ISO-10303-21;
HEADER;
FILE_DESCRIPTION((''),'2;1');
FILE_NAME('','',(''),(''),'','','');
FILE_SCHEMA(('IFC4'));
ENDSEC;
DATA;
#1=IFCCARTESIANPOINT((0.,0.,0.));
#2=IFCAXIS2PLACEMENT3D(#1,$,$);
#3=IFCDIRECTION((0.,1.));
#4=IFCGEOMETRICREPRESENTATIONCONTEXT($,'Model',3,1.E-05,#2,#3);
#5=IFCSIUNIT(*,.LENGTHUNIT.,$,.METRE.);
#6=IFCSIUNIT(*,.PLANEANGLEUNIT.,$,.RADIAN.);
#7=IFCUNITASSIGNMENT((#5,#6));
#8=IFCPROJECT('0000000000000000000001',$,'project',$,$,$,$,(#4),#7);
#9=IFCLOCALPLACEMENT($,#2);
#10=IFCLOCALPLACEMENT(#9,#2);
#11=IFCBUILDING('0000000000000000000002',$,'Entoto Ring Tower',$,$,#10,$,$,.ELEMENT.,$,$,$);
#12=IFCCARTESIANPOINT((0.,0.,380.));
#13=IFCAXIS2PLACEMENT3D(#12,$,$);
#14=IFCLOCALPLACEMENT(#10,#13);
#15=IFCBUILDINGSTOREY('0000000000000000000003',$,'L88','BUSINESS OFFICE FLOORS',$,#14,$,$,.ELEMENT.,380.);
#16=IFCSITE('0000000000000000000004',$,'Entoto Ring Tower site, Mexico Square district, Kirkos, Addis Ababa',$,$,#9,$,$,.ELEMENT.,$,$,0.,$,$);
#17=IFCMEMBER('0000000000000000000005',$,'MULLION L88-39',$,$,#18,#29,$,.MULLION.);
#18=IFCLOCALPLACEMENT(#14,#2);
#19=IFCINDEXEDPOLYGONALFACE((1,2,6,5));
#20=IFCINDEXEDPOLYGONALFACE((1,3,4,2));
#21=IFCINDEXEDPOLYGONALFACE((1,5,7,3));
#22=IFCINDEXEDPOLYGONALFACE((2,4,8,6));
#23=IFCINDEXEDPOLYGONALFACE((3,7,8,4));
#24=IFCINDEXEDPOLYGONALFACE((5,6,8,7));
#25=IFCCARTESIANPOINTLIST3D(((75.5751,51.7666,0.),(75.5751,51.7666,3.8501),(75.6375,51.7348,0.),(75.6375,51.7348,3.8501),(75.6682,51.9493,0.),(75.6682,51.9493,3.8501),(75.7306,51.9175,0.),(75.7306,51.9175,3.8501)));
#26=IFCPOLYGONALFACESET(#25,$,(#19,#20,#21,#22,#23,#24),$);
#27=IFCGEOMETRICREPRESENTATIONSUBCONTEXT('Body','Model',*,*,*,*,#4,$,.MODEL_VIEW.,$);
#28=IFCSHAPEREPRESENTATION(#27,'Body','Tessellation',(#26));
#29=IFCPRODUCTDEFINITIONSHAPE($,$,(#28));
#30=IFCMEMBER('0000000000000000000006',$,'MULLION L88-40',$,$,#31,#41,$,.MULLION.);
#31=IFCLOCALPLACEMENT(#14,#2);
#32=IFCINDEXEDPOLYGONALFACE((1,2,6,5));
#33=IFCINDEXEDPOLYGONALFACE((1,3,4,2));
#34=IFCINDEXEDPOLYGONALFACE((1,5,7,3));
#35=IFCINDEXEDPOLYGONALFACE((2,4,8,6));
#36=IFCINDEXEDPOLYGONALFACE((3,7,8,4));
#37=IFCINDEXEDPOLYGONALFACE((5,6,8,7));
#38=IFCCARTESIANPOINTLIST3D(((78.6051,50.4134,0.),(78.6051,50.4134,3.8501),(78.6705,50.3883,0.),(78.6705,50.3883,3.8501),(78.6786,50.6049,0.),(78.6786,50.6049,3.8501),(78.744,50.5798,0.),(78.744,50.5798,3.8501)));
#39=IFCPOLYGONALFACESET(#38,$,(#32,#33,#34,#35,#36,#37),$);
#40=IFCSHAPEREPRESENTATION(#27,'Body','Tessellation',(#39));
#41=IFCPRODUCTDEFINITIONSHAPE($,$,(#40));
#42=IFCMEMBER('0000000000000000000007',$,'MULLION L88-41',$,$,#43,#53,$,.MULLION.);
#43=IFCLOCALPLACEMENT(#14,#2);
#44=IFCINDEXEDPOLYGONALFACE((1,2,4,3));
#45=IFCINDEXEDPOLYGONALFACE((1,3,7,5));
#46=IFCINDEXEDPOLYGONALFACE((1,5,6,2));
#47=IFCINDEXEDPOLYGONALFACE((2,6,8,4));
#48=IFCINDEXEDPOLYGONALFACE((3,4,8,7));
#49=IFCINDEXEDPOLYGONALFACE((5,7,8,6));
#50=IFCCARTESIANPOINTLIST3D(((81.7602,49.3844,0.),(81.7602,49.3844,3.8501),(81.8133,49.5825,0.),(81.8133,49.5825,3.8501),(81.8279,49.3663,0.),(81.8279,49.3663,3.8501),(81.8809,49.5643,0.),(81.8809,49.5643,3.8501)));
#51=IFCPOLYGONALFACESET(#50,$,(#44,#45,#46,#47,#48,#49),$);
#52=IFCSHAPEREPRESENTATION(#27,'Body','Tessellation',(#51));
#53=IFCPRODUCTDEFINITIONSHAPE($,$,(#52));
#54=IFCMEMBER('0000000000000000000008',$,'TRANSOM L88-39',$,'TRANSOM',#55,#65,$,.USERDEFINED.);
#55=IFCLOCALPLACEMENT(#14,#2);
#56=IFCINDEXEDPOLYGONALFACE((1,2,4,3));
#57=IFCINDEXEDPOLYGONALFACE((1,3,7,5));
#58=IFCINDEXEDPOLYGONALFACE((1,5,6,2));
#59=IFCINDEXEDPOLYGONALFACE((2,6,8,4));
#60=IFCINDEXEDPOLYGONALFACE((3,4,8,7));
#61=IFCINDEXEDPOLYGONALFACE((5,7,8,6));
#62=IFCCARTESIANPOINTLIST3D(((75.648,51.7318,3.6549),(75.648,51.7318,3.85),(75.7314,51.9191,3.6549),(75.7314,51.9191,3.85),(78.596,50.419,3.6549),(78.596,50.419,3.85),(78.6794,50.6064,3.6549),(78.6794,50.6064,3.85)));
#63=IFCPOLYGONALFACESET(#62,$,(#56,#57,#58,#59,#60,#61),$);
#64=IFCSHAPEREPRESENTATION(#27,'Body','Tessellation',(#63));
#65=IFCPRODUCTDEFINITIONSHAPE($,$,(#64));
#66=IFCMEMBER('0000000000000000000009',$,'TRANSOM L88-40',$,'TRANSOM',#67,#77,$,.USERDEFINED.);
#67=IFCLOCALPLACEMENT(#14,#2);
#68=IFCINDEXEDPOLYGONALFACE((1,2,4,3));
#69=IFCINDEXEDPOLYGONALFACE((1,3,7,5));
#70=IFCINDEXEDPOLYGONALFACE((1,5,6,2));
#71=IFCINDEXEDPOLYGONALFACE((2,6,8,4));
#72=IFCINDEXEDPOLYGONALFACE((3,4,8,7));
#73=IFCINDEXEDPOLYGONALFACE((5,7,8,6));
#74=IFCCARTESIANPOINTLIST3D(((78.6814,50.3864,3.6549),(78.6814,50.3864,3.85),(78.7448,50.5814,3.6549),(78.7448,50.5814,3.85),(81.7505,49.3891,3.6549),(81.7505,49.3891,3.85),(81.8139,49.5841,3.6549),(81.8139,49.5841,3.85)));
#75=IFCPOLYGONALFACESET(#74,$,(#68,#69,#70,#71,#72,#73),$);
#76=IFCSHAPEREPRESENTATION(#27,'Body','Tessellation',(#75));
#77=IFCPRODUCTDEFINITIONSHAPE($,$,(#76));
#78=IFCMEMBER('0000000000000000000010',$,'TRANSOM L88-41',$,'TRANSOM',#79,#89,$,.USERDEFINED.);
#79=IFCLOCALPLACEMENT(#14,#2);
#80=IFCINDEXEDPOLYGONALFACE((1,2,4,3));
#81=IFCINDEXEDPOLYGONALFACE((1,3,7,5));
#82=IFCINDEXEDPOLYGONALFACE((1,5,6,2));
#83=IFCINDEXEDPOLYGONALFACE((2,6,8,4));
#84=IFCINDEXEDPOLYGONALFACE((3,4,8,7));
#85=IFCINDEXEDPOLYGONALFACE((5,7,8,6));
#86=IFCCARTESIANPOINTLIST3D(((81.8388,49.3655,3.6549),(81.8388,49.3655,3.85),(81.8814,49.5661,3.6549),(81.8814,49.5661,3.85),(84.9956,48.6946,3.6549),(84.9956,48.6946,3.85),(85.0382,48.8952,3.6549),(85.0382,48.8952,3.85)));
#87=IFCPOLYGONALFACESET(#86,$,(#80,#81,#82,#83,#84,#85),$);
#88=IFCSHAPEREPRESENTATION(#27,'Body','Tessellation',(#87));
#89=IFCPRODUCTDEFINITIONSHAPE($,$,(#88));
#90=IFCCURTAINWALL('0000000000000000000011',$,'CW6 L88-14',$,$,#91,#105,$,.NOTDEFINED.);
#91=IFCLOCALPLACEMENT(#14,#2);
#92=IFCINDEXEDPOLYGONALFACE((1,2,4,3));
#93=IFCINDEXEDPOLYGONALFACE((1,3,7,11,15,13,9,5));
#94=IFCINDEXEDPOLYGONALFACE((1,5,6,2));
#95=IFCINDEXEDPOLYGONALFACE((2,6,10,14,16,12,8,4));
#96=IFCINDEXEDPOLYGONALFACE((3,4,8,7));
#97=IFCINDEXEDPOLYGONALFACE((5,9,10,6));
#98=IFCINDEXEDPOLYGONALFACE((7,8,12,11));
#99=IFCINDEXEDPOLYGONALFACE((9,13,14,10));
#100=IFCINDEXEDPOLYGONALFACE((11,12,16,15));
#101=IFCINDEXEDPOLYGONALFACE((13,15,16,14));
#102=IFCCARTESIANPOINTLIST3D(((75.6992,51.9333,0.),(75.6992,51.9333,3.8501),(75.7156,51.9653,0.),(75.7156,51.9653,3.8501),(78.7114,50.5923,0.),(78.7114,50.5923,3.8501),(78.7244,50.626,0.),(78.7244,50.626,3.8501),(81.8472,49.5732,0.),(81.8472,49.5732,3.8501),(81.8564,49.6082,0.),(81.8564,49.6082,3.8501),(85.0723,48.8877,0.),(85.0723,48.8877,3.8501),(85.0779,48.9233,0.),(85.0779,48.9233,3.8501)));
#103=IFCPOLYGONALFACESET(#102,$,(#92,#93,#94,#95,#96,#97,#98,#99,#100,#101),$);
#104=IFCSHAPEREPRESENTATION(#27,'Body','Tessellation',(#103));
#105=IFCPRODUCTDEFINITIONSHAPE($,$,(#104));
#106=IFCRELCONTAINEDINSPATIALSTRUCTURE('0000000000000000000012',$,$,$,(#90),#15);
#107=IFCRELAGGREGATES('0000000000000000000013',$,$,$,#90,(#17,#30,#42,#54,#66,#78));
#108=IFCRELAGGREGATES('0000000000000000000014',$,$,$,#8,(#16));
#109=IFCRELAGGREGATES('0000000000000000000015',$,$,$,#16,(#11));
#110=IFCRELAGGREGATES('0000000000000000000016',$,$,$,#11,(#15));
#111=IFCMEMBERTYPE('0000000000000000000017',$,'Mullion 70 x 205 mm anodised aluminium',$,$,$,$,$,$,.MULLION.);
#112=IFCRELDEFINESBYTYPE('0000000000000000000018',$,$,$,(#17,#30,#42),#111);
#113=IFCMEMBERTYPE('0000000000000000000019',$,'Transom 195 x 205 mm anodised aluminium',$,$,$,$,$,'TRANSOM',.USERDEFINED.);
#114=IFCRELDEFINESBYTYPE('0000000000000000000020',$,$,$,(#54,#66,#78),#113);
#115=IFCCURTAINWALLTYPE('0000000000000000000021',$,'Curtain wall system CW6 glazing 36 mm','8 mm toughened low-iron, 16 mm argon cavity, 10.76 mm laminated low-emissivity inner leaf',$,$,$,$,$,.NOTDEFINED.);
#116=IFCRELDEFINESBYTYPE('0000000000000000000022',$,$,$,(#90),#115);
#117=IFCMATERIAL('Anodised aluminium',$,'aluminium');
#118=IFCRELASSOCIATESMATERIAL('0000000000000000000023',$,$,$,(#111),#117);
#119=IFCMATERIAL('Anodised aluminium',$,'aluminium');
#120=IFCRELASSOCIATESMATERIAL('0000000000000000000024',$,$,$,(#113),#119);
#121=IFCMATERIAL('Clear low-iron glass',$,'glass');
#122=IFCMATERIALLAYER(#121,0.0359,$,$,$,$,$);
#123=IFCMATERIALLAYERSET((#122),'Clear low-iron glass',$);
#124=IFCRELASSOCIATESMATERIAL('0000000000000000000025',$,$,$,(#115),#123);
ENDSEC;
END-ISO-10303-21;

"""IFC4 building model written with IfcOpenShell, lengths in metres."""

from ifc_helpers import new_model, si_unit, direction, frame, origin, origin_2d, place, context, subcontext, project, spatial, polyline, rectangle, outline, extrude, material, layer, layer_set, material_profile, profile_set, type_object, element, aggregate, save


model = new_model("IFC4")

# Units and contexts
model_context = context("Model", 3, precision=1e-05, world=origin(), true_north=direction((0.0, 1.0)))
body_context = subcontext(model_context, "Body", "Model", "MODEL_VIEW")
ifc_project = project(units=[si_unit("LENGTHUNIT", "METRE"), si_unit("PLANEANGLEUNIT", "RADIAN")], contexts=[model_context])

# Members
ifc_material_1 = material(Name="Anodised aluminium", Category="aluminium")
ifc_material_profile_1 = material_profile(ifc_material_1, rectangle(XDim=0.0701, YDim=0.2051, at=origin_2d()), Name="Mullion 70 x 205 mm anodised aluminium")
ifc_profile_set_1 = profile_set([ifc_material_profile_1], Name="Anodised aluminium")
member_type_1 = type_object("IfcMemberType", Name="Mullion 70 x 205 mm anodised aluminium", PredefinedType="MULLION", material=ifc_profile_set_1)
site_placement = place(None, origin())
building_placement = place(site_placement, origin())
storey_placement = place(building_placement, frame((0.0, 0.0, 380.0)))
member_1_placement = place(storey_placement, frame((75.6528, 51.842, 0.0), z_axis=(0.0, 0.0, 1.0), x_axis=(0.891007, -0.45399, 0.0)))
member_1 = element("IfcMember", 1, at=member_1_placement, type_object=member_type_1, Name="MULLION L88-39", PredefinedType="MULLION", context=body_context, shape_type="SweptSolid", body=[
    extrude(rectangle(XDim=0.0701, YDim=0.2051, at=origin_2d()), origin(), (0.0, 0.0, 1.0), 3.8501),
])
member_2_placement = place(storey_placement, frame((78.6746, 50.4966, 0.0), z_axis=(0.0, 0.0, 1.0), x_axis=(0.93358, -0.358368, 0.0)))
member_2 = element("IfcMember", 2, at=member_2_placement, type_object=member_type_1, Name="MULLION L88-40", PredefinedType="MULLION", context=body_context, shape_type="SweptSolid", body=[
    extrude(rectangle(XDim=0.0701, YDim=0.2051, at=origin_2d()), origin(), (0.0, 0.0, 1.0), 3.8501),
])
member_3_placement = place(storey_placement, frame((81.8206, 49.4744, 0.0), z_axis=(0.0, 0.0, 1.0), x_axis=(0.965926, -0.258819, 0.0)))
member_3 = element("IfcMember", 3, at=member_3_placement, type_object=member_type_1, Name="MULLION L88-41", PredefinedType="MULLION", context=body_context, shape_type="SweptSolid", body=[
    extrude(rectangle(XDim=0.0701, YDim=0.2051, at=origin_2d()), origin(), (0.0, 0.0, 1.0), 3.8501),
])
ifc_material_2 = material(Name="Anodised aluminium", Category="aluminium")
ifc_material_profile_2 = material_profile(ifc_material_2, rectangle(XDim=0.2051, YDim=0.1951, at=origin_2d()), Name="Transom 195 x 205 mm anodised aluminium")
ifc_profile_set_2 = profile_set([ifc_material_profile_2], Name="Anodised aluminium")
member_type_2 = type_object("IfcMemberType", Name="Transom 195 x 205 mm anodised aluminium", ElementType="TRANSOM", PredefinedType="USERDEFINED", material=ifc_profile_set_2)
member_4_placement = place(storey_placement, frame((75.6897, 51.8254, 3.7524), z_axis=(0.913521, -0.406791, 0.0), x_axis=(0.406791, 0.913521, 0.0)))
member_4 = element("IfcMember", 4, at=member_4_placement, type_object=member_type_2, Name="TRANSOM L88-39", ObjectType="TRANSOM", PredefinedType="USERDEFINED", context=body_context, shape_type="SweptSolid", body=[
    extrude(rectangle(XDim=0.2051, YDim=0.1951, at=origin_2d()), origin(), (0.0, 0.0, 1.0), 3.2271),
])
member_5_placement = place(storey_placement, frame((78.7131, 50.4839, 3.7524), z_axis=(0.951047, -0.309047, 0.0), x_axis=(0.309047, 0.951047, 0.0)))
member_5 = element("IfcMember", 5, at=member_5_placement, type_object=member_type_2, Name="TRANSOM L88-40", ObjectType="TRANSOM", PredefinedType="USERDEFINED", context=body_context, shape_type="SweptSolid", body=[
    extrude(rectangle(XDim=0.2051, YDim=0.1951, at=origin_2d()), origin(), (0.0, 0.0, 1.0), 3.2271),
])
member_6_placement = place(storey_placement, frame((81.8601, 49.4658, 3.7524), z_axis=(0.978153, -0.207886, 0.0), x_axis=(0.207886, 0.978153, 0.0)))
member_6 = element("IfcMember", 6, at=member_6_placement, type_object=member_type_2, Name="TRANSOM L88-41", ObjectType="TRANSOM", PredefinedType="USERDEFINED", context=body_context, shape_type="SweptSolid", body=[
    extrude(rectangle(XDim=0.2051, YDim=0.1951, at=origin_2d()), origin(), (0.0, 0.0, 1.0), 3.2273),
])

# Site, building, storey
site = spatial("IfcSite", under=ifc_project, at=site_placement, Name="Entoto Ring Tower site, Mexico Square district, Kirkos, Addis Ababa", CompositionType="ELEMENT", RefElevation=0.0)
building = spatial("IfcBuilding", under=site, at=building_placement, Name="Entoto Ring Tower", CompositionType="ELEMENT")
storey = spatial("IfcBuildingStorey", under=building, at=storey_placement, Name="L88", Description="BUSINESS OFFICE FLOORS", CompositionType="ELEMENT", Elevation=380.0)

# Curtain wall
ifc_material_3 = material(Name="Clear low-iron glass", Category="glass")
ifc_layer = layer(ifc_material_3, 0.0359)
ifc_layer_set = layer_set([ifc_layer], Name="Clear low-iron glass")
curtain_wall_type = type_object("IfcCurtainWallType", Name="Curtain wall system CW6 glazing 36 mm", Description="8 mm toughened low-iron, 16 mm argon cavity, 10.76 mm laminated low-emissivity inner leaf", PredefinedType="NOTDEFINED", material=ifc_layer_set)
curtain_wall_1_placement = place(storey_placement, origin())
curtain_wall_1 = element("IfcCurtainWall", 7, at=curtain_wall_1_placement, inside=storey, type_object=curtain_wall_type, Name="CW6 L88-14", PredefinedType="NOTDEFINED", context=body_context, shape_type="SweptSolid", body=[
    extrude(outline(polyline([(75.6992, 51.9333), (78.7114, 50.5923), (81.8472, 49.5732), (85.0723, 48.8877), (85.0779, 48.9233), (81.8564, 49.6082), (78.7244, 50.626), (75.7156, 51.9653), (75.6992, 51.9333)])), origin(), (0.0, 0.0, 1.0), 3.8501),
])
aggregate(curtain_wall_1, [member_1, member_2, member_3, member_4, member_5, member_6])

save(model, "model.ifc")
